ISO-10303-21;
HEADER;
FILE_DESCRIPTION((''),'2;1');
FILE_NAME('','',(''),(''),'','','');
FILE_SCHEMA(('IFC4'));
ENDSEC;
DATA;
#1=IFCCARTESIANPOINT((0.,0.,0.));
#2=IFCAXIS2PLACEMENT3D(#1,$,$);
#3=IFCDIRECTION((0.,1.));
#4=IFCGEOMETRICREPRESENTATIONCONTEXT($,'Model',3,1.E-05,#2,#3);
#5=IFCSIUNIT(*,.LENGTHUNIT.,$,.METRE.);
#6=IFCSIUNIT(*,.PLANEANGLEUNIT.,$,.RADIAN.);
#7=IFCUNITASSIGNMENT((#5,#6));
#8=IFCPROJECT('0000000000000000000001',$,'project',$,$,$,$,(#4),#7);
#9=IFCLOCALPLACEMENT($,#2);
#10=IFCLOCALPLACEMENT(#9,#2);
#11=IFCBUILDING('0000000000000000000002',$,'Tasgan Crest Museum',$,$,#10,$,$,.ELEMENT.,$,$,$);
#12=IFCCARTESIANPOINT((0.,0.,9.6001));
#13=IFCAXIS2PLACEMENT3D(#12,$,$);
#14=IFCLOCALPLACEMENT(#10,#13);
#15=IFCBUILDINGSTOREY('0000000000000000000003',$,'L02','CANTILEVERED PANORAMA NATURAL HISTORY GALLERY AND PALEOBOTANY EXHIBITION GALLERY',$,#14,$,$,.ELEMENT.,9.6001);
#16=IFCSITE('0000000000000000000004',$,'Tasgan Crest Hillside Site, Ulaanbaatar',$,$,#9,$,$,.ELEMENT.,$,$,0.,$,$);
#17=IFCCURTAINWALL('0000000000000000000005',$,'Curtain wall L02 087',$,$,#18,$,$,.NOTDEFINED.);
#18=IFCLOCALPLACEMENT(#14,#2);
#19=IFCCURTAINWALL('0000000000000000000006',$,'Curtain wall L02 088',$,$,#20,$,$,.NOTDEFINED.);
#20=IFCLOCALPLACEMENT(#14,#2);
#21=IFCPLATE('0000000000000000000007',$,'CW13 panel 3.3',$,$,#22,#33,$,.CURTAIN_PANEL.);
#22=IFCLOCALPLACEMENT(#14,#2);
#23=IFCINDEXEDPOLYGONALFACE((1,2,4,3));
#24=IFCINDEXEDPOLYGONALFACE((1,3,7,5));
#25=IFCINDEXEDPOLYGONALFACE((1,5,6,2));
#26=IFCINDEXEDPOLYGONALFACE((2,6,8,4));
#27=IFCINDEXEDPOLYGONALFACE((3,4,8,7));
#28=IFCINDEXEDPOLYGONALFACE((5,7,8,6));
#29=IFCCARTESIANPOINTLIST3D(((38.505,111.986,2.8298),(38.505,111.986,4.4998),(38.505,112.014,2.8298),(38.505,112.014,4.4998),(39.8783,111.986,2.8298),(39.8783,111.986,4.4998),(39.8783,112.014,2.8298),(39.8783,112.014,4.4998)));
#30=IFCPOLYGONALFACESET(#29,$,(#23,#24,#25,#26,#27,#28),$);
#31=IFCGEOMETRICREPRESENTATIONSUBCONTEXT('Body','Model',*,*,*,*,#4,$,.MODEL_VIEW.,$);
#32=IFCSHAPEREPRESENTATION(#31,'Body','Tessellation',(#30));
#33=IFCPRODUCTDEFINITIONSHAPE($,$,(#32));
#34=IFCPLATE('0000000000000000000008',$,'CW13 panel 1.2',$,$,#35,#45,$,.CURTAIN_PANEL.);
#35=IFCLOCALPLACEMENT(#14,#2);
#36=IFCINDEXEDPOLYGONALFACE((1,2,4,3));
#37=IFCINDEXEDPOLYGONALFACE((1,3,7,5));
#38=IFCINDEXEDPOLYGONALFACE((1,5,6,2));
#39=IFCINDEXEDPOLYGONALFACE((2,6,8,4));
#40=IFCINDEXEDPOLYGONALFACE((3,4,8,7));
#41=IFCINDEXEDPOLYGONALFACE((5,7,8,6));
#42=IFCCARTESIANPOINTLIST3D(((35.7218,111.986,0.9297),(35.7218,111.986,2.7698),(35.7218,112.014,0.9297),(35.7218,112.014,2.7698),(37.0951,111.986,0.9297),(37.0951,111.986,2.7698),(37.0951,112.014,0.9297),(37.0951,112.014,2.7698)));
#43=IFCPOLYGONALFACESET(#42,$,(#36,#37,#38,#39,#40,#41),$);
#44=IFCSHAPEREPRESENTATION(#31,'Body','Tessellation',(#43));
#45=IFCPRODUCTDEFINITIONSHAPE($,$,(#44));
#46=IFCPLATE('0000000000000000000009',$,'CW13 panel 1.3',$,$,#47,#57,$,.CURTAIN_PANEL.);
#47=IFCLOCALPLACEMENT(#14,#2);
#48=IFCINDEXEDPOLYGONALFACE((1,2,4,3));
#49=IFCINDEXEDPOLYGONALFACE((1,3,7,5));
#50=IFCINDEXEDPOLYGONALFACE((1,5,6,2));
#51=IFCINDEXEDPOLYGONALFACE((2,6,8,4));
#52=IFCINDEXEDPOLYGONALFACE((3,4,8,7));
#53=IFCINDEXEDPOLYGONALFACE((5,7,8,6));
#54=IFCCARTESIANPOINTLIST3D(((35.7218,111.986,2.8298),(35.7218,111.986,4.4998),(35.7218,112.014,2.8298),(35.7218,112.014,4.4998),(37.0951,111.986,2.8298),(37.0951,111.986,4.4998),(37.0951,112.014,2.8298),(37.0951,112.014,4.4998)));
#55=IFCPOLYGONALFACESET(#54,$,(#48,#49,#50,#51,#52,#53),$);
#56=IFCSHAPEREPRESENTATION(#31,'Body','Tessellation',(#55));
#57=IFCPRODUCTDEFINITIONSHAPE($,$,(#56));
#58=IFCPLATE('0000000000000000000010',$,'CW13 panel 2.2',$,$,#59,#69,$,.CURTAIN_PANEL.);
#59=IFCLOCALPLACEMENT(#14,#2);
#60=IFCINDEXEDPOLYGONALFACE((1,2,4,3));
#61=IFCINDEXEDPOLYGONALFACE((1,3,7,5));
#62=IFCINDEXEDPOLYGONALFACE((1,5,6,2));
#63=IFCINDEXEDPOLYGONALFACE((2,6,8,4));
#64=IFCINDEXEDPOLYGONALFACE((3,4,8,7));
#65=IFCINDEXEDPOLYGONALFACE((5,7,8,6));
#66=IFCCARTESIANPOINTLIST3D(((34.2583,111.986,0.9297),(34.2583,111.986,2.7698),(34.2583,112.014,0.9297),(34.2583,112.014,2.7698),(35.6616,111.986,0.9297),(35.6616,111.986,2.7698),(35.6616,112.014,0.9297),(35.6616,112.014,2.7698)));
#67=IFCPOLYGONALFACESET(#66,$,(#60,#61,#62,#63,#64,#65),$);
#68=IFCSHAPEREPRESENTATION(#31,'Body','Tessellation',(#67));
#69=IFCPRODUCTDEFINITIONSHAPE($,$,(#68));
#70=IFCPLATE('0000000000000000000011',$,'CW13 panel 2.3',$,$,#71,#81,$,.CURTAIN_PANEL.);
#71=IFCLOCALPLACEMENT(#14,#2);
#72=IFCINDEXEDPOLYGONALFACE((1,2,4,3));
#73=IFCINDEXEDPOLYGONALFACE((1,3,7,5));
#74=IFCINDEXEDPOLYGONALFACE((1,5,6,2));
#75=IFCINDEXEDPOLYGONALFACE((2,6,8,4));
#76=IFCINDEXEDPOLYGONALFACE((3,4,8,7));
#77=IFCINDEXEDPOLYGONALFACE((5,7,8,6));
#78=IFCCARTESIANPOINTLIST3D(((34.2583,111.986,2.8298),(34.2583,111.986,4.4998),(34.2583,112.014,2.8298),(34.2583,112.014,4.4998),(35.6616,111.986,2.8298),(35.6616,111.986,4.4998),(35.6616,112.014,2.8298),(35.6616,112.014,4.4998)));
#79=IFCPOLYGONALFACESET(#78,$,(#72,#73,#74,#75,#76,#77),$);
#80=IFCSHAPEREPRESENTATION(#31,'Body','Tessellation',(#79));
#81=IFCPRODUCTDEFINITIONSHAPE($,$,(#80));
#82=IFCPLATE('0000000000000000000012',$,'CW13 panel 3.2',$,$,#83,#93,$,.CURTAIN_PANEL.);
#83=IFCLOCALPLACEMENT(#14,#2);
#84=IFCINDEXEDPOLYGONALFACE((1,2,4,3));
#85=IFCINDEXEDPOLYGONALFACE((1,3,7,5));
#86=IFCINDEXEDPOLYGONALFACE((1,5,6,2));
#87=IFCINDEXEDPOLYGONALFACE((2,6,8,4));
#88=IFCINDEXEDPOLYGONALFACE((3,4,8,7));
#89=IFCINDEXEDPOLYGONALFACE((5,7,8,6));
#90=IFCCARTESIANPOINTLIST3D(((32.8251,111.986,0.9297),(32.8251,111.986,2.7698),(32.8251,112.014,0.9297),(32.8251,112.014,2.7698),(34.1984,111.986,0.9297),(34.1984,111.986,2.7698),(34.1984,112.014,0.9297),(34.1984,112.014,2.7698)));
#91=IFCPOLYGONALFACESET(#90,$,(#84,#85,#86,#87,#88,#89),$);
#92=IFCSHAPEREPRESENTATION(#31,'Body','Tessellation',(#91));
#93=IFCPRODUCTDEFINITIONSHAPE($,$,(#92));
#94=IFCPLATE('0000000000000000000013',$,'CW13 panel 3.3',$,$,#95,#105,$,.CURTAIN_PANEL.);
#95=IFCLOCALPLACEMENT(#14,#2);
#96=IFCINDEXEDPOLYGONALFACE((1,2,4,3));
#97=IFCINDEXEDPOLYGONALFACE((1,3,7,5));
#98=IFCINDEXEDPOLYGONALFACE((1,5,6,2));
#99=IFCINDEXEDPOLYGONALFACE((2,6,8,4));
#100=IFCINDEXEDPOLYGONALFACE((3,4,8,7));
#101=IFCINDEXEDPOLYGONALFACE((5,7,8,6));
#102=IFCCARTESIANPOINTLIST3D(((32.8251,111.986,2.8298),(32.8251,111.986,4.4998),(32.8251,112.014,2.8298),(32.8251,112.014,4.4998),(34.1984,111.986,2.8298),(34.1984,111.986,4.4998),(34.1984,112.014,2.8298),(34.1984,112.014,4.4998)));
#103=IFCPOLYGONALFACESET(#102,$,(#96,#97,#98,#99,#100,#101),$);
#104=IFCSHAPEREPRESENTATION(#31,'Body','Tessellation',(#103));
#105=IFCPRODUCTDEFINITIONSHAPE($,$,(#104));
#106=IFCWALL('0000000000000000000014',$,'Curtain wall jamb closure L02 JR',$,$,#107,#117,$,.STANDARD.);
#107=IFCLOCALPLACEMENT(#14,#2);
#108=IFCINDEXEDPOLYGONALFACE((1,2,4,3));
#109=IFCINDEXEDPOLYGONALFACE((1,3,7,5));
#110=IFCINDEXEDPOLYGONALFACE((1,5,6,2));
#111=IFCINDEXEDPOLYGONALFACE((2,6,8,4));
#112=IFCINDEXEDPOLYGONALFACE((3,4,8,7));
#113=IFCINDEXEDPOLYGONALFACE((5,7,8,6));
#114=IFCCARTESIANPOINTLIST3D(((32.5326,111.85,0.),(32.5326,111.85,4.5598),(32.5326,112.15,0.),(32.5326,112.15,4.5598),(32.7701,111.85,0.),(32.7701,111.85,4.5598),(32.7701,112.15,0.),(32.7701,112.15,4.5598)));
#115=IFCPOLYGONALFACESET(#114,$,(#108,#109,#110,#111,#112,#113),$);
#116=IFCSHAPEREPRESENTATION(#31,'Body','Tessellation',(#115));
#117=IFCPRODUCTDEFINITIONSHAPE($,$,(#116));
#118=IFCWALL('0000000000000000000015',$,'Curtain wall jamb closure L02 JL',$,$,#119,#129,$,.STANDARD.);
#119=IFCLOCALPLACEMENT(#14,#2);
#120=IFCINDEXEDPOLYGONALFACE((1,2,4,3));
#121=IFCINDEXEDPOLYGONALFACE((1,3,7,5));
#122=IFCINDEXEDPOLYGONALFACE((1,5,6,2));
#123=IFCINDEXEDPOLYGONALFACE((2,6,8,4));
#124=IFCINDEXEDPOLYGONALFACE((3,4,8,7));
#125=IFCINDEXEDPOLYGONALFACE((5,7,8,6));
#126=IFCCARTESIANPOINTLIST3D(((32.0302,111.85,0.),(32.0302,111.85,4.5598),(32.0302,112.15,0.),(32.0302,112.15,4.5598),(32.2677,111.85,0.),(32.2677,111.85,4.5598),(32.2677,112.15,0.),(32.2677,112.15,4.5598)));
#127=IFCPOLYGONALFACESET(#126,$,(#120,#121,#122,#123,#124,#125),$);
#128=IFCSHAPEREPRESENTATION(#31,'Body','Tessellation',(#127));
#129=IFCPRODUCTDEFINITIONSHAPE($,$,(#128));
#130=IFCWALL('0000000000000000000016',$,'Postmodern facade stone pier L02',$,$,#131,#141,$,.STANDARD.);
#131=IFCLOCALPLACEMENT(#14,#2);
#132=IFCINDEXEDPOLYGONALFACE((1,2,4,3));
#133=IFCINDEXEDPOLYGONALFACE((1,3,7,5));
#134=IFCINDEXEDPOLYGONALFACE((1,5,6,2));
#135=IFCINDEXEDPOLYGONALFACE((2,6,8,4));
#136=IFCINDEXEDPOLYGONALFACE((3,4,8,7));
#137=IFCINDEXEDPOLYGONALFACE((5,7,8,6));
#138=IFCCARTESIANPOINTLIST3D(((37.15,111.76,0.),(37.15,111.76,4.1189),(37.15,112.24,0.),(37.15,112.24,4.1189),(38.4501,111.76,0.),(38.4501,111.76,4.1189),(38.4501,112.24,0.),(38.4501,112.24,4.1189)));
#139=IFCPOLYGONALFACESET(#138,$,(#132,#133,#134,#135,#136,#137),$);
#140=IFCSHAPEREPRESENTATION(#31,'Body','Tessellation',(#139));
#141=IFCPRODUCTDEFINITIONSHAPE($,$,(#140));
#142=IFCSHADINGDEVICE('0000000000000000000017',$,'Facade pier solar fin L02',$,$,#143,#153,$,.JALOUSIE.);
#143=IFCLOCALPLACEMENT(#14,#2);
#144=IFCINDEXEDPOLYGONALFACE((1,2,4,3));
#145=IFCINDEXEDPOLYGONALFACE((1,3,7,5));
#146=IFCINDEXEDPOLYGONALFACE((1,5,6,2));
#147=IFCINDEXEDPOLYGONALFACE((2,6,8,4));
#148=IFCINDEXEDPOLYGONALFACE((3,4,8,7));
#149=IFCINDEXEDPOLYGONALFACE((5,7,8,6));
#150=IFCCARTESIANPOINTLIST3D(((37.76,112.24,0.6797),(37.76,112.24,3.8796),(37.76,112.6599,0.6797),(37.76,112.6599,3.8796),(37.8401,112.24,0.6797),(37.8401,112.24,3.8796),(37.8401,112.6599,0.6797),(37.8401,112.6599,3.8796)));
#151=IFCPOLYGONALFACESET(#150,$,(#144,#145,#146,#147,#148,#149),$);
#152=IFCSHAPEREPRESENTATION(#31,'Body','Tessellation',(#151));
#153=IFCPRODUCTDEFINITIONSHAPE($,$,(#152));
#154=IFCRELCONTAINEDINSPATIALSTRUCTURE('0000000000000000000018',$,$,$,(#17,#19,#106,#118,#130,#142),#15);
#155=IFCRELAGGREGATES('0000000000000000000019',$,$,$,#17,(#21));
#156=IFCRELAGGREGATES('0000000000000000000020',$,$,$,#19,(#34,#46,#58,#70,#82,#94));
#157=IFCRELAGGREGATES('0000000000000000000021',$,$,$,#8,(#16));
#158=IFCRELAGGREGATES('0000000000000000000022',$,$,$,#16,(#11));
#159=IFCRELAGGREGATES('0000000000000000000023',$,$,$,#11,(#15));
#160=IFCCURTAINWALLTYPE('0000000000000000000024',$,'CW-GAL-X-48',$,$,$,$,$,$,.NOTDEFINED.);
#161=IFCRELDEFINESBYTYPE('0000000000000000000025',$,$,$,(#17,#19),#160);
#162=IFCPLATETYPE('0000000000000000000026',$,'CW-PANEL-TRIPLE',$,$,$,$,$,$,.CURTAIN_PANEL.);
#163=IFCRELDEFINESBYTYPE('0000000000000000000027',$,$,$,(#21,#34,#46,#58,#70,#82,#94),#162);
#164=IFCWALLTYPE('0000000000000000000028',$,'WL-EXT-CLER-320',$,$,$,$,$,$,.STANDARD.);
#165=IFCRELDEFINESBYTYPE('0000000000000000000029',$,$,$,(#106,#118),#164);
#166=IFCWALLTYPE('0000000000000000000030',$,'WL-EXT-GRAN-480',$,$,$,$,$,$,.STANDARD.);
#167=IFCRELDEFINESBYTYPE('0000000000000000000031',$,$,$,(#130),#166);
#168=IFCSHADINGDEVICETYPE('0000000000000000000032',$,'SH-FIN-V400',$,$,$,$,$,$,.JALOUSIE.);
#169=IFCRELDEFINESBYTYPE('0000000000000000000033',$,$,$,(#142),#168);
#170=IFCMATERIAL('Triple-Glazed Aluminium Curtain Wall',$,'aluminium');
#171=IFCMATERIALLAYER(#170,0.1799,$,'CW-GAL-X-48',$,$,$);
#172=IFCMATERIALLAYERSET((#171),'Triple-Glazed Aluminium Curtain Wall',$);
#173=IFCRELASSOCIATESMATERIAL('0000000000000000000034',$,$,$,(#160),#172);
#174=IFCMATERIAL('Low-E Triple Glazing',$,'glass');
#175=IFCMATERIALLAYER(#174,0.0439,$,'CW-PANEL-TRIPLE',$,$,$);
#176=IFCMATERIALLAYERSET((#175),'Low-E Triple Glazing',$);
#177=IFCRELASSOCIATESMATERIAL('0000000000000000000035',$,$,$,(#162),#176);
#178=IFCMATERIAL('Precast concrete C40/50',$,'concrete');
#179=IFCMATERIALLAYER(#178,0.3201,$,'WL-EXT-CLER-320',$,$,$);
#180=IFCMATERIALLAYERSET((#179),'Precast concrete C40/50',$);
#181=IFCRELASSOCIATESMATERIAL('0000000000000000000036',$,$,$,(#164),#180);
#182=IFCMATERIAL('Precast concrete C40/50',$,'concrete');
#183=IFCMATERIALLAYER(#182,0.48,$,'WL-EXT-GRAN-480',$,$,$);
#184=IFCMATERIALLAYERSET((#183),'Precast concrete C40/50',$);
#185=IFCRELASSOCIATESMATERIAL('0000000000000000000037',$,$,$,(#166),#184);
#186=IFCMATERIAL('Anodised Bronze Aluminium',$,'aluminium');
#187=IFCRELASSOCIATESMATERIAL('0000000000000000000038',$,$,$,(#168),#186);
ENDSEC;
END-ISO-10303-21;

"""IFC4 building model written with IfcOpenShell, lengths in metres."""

from ifc_helpers import new_model, si_unit, direction, frame, frame_2d, origin, origin_2d, place, context, subcontext, project, spatial, rectangle, extrude, material, layer, layer_set, type_object, element, aggregate, save


model = new_model("IFC4")

# Units and contexts
model_context = context("Model", 3, precision=1e-05, world=origin(), true_north=direction((0.0, 1.0)))
body_context = subcontext(model_context, "Body", "Model", "MODEL_VIEW")
ifc_project = project(units=[si_unit("LENGTHUNIT", "METRE"), si_unit("PLANEANGLEUNIT", "RADIAN")], contexts=[model_context])

# Site, building, storey
site_placement = place(None, origin())
site = spatial("IfcSite", under=ifc_project, at=site_placement, Name="Tasgan Crest Hillside Site, Ulaanbaatar", CompositionType="ELEMENT", RefElevation=0.0)
building_placement = place(site_placement, origin())
building = spatial("IfcBuilding", under=site, at=building_placement, Name="Tasgan Crest Museum", CompositionType="ELEMENT")
storey_placement = place(building_placement, frame((0.0, 0.0, 9.6001)))
storey = spatial("IfcBuildingStorey", under=building, at=storey_placement, Name="L02", Description="CANTILEVERED PANORAMA NATURAL HISTORY GALLERY AND PALEOBOTANY EXHIBITION GALLERY", CompositionType="ELEMENT", Elevation=9.6001)

# Curtain wall
ifc_material_1 = material(Name="Triple-Glazed Aluminium Curtain Wall", Category="aluminium")
ifc_layer_1 = layer(ifc_material_1, 0.1799, Name="CW-GAL-X-48")
ifc_layer_set_1 = layer_set([ifc_layer_1], Name="Triple-Glazed Aluminium Curtain Wall")
curtain_wall_type = type_object("IfcCurtainWallType", Name="CW-GAL-X-48", PredefinedType="NOTDEFINED", material=ifc_layer_set_1)
curtain_wall_1_placement = place(storey_placement, origin())
curtain_wall_1 = element("IfcCurtainWall", 1, at=curtain_wall_1_placement, inside=storey, type_object=curtain_wall_type, Name="Curtain wall L02 087", PredefinedType="NOTDEFINED")

# Curtain wall
curtain_wall_2_placement = place(storey_placement, origin())
curtain_wall_2 = element("IfcCurtainWall", 2, at=curtain_wall_2_placement, inside=storey, type_object=curtain_wall_type, Name="Curtain wall L02 088", PredefinedType="NOTDEFINED")

# Plates
ifc_material_2 = material(Name="Low-E Triple Glazing", Category="glass")
ifc_layer_2 = layer(ifc_material_2, 0.0439, Name="CW-PANEL-TRIPLE")
ifc_layer_set_2 = layer_set([ifc_layer_2], Name="Low-E Triple Glazing")
plate_type_1 = type_object("IfcPlateType", Name="CW-PANEL-TRIPLE", PredefinedType="CURTAIN_PANEL", material=ifc_layer_set_2)
plate_1_placement = place(storey_placement, frame((39.1917, 112.0, 2.8298), z_axis=(0.0, 0.0, 1.0), x_axis=(-1.0, 0.0, 0.0)))
plate_1 = element("IfcPlate", 3, at=plate_1_placement, type_object=plate_type_1, Name="CW13 panel 3.3", PredefinedType="CURTAIN_PANEL", context=body_context, shape_type="SweptSolid", body=[
    extrude(rectangle(XDim=1.3733, YDim=0.0281, at=origin_2d()), origin(), (0.0, 0.0, 1.0), 1.6699),
])
aggregate(curtain_wall_1, [plate_1])
plate_2_placement = place(storey_placement, frame((36.4084, 112.0, 0.9297), z_axis=(0.0, 0.0, 1.0), x_axis=(-1.0, 0.0, 0.0)))
plate_2 = element("IfcPlate", 4, at=plate_2_placement, type_object=plate_type_1, Name="CW13 panel 1.2", PredefinedType="CURTAIN_PANEL", context=body_context, shape_type="SweptSolid", body=[
    extrude(rectangle(XDim=1.3733, YDim=0.0281, at=origin_2d()), origin(), (0.0, 0.0, 1.0), 1.8401),
])
plate_3_placement = place(storey_placement, frame((36.4084, 112.0, 2.8298), z_axis=(0.0, 0.0, 1.0), x_axis=(-1.0, 0.0, 0.0)))
plate_3 = element("IfcPlate", 5, at=plate_3_placement, type_object=plate_type_1, Name="CW13 panel 1.3", PredefinedType="CURTAIN_PANEL", context=body_context, shape_type="SweptSolid", body=[
    extrude(rectangle(XDim=1.3733, YDim=0.0281, at=origin_2d()), origin(), (0.0, 0.0, 1.0), 1.6699),
])
plate_4_placement = place(storey_placement, frame((34.96, 112.0, 0.9297), z_axis=(0.0, 0.0, 1.0), x_axis=(-1.0, 0.0, 0.0)))
plate_4 = element("IfcPlate", 6, at=plate_4_placement, type_object=plate_type_1, Name="CW13 panel 2.2", PredefinedType="CURTAIN_PANEL", context=body_context, shape_type="SweptSolid", body=[
    extrude(rectangle(XDim=1.4033, YDim=0.0281, at=origin_2d()), origin(), (0.0, 0.0, 1.0), 1.8401),
])
plate_5_placement = place(storey_placement, frame((34.96, 112.0, 2.8298), z_axis=(0.0, 0.0, 1.0), x_axis=(-1.0, 0.0, 0.0)))
plate_5 = element("IfcPlate", 7, at=plate_5_placement, type_object=plate_type_1, Name="CW13 panel 2.3", PredefinedType="CURTAIN_PANEL", context=body_context, shape_type="SweptSolid", body=[
    extrude(rectangle(XDim=1.4033, YDim=0.0281, at=origin_2d()), origin(), (0.0, 0.0, 1.0), 1.6699),
])
plate_6_placement = place(storey_placement, frame((33.5117, 112.0, 0.9297), z_axis=(0.0, 0.0, 1.0), x_axis=(-1.0, 0.0, 0.0)))
plate_6 = element("IfcPlate", 8, at=plate_6_placement, type_object=plate_type_1, Name="CW13 panel 3.2", PredefinedType="CURTAIN_PANEL", context=body_context, shape_type="SweptSolid", body=[
    extrude(rectangle(XDim=1.3733, YDim=0.0281, at=origin_2d()), origin(), (0.0, 0.0, 1.0), 1.8401),
])
plate_7_placement = place(storey_placement, frame((33.5117, 112.0, 2.8298), z_axis=(0.0, 0.0, 1.0), x_axis=(-1.0, 0.0, 0.0)))
plate_7 = element("IfcPlate", 9, at=plate_7_placement, type_object=plate_type_1, Name="CW13 panel 3.3", PredefinedType="CURTAIN_PANEL", context=body_context, shape_type="SweptSolid", body=[
    extrude(rectangle(XDim=1.3733, YDim=0.0281, at=origin_2d()), origin(), (0.0, 0.0, 1.0), 1.6699),
])
aggregate(curtain_wall_2, [plate_2, plate_3, plate_4, plate_5, plate_6, plate_7])

# Walls
ifc_material_3 = material(Name="Precast concrete C40/50", Category="concrete")
ifc_layer_3 = layer(ifc_material_3, 0.3201, Name="WL-EXT-CLER-320")
ifc_layer_set_3 = layer_set([ifc_layer_3], Name="Precast concrete C40/50")
wall_type_1 = type_object("IfcWallType", Name="WL-EXT-CLER-320", PredefinedType="STANDARD", material=ifc_layer_set_3)
for number, where, z_axis, x_axis, name in (
    (10, (32.77, 112.0, 0.0), (0.0, 0.0, 1.0), (-1.0, 0.0, 0.0), "Curtain wall jamb closure L02 JR"),
    (11, (32.2676, 112.0, 0.0), (0.0, 0.0, 1.0), (-1.0, 0.0, 0.0), "Curtain wall jamb closure L02 JL"),
):
    element("IfcWall", number, at=place(storey_placement, frame(where, z_axis=z_axis, x_axis=x_axis)), inside=storey, type_object=wall_type_1, Name=name, PredefinedType="STANDARD", context=body_context, shape_type="SweptSolid", body=[
        extrude(rectangle(XDim=0.2375, YDim=0.3, at=frame_2d((0.1187, 0.0))), origin(), (0.0, 0.0, 1.0), 4.5598),
    ])
ifc_material_4 = material(Name="Precast concrete C40/50", Category="concrete")
ifc_layer_4 = layer(ifc_material_4, 0.48, Name="WL-EXT-GRAN-480")
ifc_layer_set_4 = layer_set([ifc_layer_4], Name="Precast concrete C40/50")
wall_type_2 = type_object("IfcWallType", Name="WL-EXT-GRAN-480", PredefinedType="STANDARD", material=ifc_layer_set_4)
wall_placement = place(storey_placement, frame((38.45, 112.0, 0.0), z_axis=(0.0, 0.0, 1.0), x_axis=(-1.0, 0.0, 0.0)))
element("IfcWall", 12, at=wall_placement, inside=storey, type_object=wall_type_2, Name="Postmodern facade stone pier L02", PredefinedType="STANDARD", context=body_context, shape_type="SweptSolid", body=[
    extrude(rectangle(XDim=1.3, YDim=0.48, at=frame_2d((0.6499, 0.0))), origin(), (0.0, 0.0, 1.0), 4.1189),
])

# Shading device
ifc_material_5 = material(Name="Anodised Bronze Aluminium", Category="aluminium")
shading_device_type = type_object("IfcShadingDeviceType", Name="SH-FIN-V400", PredefinedType="JALOUSIE", material=ifc_material_5)
shading_device_placement = place(storey_placement, frame((37.8, 112.45, 0.6797), z_axis=(0.0, 0.0, 1.0), x_axis=(-1.0, 0.0, 0.0)))
element("IfcShadingDevice", 13, at=shading_device_placement, inside=storey, type_object=shading_device_type, Name="Facade pier solar fin L02", PredefinedType="JALOUSIE", context=body_context, shape_type="SweptSolid", body=[
    extrude(rectangle(XDim=0.0801, YDim=0.4199, at=origin_2d()), origin(), (0.0, 0.0, 1.0), 3.2),
])

save(model, "model.ifc")
